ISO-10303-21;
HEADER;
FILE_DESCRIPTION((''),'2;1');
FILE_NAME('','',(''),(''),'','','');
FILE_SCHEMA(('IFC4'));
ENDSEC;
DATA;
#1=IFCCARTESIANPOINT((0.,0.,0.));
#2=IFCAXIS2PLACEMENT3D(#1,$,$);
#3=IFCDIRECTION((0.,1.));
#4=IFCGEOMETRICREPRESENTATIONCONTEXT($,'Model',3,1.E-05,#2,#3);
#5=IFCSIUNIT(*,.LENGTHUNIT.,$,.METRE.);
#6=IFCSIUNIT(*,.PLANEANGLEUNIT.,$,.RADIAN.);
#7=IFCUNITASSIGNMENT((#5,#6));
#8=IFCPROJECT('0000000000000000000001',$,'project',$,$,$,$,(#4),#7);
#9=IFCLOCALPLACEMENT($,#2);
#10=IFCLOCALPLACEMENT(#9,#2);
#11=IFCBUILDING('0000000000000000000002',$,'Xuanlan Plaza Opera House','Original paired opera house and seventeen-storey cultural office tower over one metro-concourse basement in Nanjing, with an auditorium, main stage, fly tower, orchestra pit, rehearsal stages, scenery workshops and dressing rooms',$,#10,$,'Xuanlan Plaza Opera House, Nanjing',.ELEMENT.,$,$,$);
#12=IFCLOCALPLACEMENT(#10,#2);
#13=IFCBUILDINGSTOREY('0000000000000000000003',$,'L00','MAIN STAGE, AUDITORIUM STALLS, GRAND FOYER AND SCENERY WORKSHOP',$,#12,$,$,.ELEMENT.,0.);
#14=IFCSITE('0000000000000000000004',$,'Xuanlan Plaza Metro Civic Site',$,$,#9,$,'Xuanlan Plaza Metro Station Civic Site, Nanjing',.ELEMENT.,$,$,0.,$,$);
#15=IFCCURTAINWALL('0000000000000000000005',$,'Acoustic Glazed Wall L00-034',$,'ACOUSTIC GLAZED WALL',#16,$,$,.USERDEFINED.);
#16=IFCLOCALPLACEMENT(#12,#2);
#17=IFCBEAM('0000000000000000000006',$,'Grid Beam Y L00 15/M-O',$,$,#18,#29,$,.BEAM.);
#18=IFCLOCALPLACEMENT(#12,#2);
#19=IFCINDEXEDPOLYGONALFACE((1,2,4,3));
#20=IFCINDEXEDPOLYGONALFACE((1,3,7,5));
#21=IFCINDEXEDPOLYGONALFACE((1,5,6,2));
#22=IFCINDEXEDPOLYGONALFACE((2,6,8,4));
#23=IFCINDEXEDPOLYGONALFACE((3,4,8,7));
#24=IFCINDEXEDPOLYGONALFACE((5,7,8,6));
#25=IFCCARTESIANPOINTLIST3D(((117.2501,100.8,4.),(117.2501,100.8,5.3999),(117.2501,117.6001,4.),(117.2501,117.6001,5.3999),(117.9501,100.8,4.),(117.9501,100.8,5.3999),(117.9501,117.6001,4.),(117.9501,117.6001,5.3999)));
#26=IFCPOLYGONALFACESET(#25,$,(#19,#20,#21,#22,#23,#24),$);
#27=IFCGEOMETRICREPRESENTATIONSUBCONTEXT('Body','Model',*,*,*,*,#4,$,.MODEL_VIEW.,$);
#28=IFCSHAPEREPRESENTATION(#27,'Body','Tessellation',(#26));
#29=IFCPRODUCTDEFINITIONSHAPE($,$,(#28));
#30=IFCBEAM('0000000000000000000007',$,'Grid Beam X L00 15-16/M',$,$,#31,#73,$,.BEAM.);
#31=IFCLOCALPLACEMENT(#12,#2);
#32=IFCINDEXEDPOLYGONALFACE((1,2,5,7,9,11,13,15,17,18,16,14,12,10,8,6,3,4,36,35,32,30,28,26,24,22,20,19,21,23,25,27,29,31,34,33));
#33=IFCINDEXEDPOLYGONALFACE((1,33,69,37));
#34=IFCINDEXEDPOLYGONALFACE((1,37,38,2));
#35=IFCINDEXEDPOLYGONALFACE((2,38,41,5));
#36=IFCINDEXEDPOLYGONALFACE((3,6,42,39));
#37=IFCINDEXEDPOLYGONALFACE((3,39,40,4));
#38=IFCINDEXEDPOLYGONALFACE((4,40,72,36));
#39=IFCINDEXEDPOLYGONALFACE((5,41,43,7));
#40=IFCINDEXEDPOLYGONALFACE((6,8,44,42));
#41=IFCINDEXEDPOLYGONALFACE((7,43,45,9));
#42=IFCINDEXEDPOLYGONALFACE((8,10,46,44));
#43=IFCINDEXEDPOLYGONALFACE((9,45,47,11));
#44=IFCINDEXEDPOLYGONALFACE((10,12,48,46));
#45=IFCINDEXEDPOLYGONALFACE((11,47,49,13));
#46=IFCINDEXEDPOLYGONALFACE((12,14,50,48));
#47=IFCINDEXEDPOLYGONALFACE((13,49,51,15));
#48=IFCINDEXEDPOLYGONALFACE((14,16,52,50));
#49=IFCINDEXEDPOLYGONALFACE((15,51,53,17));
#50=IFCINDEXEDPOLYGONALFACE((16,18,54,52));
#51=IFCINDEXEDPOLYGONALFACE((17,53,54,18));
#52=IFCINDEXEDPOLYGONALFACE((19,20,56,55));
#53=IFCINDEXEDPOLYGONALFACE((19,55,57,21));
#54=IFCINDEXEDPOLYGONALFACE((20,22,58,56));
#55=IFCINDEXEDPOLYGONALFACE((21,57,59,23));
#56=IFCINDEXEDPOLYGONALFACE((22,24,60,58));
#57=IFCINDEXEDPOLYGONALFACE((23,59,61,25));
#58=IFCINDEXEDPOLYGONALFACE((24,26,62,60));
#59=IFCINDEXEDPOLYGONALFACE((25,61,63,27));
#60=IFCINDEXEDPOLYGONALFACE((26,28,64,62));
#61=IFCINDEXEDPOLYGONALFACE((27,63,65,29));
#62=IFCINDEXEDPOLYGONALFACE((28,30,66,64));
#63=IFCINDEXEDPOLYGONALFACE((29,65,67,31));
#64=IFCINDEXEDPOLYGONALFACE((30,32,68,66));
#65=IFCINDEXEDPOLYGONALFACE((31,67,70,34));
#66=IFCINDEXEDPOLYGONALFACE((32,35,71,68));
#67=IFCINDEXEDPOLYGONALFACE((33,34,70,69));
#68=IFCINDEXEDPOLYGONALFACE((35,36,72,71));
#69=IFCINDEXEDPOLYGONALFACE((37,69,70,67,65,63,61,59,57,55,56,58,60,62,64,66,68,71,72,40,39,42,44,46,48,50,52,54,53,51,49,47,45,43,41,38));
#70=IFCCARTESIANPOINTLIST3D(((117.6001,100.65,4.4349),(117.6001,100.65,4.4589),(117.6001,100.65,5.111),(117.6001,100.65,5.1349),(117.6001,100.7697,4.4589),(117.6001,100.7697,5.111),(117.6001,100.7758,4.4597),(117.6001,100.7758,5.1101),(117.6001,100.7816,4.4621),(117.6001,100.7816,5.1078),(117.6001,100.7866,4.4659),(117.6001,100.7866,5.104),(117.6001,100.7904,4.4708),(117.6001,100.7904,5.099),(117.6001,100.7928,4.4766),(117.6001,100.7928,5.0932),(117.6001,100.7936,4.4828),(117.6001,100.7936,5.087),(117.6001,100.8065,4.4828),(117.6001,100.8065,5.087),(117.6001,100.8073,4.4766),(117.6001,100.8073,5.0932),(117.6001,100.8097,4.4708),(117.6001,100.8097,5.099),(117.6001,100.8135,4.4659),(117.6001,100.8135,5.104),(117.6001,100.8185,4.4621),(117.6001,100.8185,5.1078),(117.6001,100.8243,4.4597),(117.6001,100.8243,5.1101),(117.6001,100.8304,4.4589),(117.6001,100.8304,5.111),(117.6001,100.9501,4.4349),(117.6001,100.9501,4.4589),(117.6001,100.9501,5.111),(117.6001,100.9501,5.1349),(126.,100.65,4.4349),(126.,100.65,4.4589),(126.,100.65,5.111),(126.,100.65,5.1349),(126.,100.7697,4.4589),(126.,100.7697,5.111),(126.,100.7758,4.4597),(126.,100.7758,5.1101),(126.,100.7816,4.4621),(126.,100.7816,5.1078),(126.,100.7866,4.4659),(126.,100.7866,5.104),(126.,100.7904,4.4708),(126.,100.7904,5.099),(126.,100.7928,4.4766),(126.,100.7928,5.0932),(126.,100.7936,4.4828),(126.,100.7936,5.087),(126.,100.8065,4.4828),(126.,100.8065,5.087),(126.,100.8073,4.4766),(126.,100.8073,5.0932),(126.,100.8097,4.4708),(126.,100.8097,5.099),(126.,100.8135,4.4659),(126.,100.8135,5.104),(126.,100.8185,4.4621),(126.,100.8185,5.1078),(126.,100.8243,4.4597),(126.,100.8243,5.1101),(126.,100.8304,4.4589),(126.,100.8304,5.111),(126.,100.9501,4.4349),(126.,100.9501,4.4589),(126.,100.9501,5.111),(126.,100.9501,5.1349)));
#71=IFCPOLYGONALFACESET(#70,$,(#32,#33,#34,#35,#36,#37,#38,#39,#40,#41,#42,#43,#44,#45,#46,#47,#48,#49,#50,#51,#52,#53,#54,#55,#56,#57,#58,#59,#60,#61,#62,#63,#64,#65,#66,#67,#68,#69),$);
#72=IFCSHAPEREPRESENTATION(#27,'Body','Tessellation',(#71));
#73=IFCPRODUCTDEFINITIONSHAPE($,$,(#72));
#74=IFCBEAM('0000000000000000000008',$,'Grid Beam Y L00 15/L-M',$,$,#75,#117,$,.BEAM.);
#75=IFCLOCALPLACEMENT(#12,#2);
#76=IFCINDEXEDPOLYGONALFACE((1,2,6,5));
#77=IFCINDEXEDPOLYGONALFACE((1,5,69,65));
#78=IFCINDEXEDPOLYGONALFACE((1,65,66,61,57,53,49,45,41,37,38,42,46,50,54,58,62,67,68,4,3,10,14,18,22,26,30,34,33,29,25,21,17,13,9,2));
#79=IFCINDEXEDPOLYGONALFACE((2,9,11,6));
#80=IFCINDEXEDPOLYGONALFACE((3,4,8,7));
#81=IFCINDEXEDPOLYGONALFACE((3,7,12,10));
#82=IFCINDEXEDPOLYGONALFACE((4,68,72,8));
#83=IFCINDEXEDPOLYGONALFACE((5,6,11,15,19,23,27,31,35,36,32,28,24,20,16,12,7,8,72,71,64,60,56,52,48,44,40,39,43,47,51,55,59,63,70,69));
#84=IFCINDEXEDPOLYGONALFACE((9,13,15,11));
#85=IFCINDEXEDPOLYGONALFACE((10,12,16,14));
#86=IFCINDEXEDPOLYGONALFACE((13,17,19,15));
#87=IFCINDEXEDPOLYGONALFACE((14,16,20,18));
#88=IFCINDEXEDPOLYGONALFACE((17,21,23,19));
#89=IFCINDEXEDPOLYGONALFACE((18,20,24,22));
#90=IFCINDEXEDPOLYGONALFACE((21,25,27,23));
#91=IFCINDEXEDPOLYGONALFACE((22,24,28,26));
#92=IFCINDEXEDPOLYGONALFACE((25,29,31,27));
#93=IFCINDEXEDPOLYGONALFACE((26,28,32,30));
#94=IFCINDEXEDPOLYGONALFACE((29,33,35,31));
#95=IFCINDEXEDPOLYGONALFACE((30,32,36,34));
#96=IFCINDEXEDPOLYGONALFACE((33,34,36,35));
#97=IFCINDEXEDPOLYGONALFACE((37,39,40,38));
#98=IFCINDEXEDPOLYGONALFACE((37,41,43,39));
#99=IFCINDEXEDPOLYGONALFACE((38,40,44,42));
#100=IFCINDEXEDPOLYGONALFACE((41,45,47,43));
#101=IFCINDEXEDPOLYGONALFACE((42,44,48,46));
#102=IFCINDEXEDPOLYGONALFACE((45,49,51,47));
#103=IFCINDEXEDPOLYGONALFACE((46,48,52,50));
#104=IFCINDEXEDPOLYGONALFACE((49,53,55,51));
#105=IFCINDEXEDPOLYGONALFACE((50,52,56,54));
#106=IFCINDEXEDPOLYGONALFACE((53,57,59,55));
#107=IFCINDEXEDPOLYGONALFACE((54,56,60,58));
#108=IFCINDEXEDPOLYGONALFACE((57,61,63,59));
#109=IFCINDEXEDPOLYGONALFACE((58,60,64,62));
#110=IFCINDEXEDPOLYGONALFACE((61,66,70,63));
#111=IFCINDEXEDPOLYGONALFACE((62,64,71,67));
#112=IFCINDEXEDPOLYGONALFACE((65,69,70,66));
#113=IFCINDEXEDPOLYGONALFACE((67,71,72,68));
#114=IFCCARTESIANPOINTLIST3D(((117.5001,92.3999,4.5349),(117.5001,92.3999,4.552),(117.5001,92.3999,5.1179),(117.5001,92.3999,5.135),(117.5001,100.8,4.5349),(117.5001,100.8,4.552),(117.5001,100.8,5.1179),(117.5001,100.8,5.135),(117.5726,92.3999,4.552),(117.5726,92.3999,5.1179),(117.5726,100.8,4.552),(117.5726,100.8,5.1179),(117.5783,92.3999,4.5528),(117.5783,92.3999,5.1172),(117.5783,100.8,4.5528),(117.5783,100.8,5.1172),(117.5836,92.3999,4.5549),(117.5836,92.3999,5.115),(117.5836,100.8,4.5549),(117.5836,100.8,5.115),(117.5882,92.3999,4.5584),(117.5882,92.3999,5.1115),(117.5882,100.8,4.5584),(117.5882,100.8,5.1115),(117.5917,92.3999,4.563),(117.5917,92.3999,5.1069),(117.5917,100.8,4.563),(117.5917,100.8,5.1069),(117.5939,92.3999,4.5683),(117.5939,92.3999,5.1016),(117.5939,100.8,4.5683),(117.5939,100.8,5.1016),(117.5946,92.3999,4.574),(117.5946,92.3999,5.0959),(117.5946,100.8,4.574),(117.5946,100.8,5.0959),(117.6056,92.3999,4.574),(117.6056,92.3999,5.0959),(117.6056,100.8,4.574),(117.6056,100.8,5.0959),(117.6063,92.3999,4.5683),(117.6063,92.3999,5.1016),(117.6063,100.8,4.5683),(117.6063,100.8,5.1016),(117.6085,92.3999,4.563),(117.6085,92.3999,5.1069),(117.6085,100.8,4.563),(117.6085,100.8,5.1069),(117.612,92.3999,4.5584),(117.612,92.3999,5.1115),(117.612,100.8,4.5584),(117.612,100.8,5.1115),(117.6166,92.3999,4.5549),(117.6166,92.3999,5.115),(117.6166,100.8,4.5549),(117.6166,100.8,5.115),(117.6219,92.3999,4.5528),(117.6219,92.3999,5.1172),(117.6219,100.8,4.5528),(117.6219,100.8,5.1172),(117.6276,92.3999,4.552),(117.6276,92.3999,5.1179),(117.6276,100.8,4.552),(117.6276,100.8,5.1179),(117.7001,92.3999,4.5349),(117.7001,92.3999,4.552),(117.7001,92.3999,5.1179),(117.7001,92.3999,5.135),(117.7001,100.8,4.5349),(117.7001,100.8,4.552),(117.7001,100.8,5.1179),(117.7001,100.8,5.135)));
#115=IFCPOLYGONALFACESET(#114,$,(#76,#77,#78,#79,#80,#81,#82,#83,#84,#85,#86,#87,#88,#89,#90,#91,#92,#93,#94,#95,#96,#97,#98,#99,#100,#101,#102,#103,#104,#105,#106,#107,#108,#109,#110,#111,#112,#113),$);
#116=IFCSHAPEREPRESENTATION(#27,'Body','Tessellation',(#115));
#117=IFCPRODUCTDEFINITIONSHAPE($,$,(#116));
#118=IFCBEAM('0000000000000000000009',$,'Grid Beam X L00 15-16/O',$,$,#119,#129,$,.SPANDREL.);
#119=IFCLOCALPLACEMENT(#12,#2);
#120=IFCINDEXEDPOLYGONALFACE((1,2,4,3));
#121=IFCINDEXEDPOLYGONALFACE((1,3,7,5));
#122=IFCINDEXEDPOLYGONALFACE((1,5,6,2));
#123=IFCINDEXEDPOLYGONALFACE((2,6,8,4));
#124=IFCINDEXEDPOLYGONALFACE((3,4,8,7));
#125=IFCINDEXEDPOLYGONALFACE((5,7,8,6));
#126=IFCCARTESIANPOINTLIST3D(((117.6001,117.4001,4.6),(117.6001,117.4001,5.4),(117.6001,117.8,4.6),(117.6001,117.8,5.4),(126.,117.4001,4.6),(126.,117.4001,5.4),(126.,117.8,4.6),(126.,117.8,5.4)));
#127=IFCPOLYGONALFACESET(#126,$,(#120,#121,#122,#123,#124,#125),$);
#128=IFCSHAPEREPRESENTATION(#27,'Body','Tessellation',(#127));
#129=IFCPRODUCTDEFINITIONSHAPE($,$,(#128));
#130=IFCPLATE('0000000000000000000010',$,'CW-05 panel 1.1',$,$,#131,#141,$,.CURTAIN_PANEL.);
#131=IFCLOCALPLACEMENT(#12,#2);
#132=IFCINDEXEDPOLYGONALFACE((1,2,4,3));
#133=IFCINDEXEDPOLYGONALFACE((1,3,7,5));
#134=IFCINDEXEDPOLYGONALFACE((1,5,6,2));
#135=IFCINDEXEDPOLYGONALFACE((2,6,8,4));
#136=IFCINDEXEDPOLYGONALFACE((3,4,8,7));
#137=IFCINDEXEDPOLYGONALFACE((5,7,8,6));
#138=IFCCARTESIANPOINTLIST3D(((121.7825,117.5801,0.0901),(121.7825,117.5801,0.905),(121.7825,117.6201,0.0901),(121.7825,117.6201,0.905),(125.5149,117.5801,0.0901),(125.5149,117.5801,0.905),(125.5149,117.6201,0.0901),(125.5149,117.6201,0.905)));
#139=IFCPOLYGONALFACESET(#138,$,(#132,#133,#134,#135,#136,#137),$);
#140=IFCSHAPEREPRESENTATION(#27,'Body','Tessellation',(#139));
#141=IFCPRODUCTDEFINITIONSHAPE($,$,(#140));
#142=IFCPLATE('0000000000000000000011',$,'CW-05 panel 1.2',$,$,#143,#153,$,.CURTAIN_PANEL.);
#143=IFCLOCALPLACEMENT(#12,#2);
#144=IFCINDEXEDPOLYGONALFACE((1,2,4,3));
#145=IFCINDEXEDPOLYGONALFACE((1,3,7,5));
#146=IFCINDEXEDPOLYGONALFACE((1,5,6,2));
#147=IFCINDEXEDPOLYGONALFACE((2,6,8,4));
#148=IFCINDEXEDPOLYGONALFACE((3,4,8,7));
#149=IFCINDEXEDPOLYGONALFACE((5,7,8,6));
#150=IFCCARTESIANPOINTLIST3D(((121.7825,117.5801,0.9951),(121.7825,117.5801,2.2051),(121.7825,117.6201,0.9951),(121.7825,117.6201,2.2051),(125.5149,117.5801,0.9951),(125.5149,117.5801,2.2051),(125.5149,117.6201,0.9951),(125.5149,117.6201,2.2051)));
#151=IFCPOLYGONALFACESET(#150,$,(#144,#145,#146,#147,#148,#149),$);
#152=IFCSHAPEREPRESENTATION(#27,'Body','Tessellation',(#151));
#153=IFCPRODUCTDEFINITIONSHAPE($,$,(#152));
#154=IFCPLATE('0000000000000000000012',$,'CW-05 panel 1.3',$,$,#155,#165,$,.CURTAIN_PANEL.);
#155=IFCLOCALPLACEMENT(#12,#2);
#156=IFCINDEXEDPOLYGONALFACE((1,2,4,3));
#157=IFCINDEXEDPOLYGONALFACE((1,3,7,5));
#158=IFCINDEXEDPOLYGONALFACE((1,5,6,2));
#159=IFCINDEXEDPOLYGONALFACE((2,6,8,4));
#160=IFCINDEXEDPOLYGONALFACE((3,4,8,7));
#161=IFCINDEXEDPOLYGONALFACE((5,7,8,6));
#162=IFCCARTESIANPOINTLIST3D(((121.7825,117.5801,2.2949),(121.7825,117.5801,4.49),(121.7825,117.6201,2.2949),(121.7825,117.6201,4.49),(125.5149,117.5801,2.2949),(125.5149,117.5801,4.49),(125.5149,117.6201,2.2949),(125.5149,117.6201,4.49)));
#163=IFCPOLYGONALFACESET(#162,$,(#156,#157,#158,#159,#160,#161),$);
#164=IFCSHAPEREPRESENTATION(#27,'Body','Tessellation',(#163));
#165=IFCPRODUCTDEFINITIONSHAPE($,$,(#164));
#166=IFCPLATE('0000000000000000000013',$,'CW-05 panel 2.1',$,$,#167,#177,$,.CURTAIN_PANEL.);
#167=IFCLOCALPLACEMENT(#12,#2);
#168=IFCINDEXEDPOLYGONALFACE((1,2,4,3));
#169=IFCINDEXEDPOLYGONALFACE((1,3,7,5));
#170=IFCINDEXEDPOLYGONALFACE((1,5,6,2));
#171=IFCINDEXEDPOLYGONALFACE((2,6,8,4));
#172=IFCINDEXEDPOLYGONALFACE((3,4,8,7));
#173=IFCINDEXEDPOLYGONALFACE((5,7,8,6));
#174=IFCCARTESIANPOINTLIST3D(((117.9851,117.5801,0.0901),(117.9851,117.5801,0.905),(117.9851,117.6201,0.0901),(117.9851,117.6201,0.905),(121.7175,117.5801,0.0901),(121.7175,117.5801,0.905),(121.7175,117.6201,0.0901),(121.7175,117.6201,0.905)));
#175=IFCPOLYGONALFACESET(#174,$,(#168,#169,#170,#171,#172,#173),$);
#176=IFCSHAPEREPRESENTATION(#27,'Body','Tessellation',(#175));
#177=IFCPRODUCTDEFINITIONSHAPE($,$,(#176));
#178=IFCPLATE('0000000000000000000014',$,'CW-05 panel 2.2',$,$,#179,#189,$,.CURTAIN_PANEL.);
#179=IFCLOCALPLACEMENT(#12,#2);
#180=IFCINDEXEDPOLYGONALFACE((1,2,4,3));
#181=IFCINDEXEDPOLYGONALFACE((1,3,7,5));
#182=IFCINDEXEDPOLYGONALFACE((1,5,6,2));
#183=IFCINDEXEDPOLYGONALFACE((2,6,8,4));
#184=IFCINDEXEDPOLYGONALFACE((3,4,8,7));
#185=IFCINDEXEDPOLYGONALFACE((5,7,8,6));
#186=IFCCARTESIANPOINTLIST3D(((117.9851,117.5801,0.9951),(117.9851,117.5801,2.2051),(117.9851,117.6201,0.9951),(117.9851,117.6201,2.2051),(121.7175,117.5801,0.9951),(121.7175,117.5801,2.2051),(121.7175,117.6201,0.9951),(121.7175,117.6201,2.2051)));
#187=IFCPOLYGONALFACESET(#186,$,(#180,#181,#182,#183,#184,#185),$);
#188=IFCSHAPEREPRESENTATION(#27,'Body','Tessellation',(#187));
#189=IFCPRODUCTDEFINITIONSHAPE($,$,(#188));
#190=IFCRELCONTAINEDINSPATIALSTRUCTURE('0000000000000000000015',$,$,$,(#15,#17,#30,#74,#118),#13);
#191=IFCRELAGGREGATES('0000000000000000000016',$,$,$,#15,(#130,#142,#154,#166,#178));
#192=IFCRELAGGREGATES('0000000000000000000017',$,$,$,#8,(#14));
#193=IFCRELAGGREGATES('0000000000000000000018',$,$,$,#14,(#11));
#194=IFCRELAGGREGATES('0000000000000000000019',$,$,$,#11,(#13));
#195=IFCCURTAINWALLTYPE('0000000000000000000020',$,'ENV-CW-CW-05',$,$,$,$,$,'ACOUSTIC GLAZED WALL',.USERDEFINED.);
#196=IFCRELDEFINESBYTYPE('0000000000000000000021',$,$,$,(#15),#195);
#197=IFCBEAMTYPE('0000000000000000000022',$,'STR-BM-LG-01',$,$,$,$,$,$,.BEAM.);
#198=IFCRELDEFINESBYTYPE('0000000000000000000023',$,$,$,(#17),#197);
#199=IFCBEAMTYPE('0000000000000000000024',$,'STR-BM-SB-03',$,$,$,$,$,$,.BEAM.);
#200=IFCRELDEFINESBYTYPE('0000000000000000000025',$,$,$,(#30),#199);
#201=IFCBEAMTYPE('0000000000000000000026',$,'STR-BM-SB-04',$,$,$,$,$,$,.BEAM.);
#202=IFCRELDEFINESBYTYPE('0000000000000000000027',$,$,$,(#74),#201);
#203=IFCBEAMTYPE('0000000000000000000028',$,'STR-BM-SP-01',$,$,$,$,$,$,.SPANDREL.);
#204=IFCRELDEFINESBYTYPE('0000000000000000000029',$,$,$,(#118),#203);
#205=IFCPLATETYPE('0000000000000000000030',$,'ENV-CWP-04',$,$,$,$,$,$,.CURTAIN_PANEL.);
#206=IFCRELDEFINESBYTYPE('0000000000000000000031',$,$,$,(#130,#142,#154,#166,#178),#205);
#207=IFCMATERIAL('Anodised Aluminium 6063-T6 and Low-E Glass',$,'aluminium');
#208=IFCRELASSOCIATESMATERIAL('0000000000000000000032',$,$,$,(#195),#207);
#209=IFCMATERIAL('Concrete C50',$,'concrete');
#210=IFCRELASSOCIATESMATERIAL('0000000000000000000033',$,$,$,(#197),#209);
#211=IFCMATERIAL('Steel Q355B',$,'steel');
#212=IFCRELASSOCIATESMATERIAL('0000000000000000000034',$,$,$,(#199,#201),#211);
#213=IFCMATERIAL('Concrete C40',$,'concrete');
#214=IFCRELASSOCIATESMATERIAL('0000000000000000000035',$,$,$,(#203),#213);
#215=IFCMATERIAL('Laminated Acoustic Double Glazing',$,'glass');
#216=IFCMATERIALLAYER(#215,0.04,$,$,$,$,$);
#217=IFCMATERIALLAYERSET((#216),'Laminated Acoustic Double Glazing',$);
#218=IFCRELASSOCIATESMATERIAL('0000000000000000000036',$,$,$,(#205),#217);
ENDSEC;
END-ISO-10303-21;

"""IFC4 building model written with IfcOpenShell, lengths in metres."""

from ifc_helpers import new_model, si_unit, direction, frame, origin, origin_2d, place, context, subcontext, project, spatial, rectangle, i_section, extrude, material, layer, layer_set, material_profile, profile_set, type_object, element, aggregate, save


model = new_model("IFC4")

# Units and contexts
model_context = context("Model", 3, precision=1e-05, world=origin(), true_north=direction((0.0, 1.0)))
body_context = subcontext(model_context, "Body", "Model", "MODEL_VIEW")
ifc_project = project(units=[si_unit("LENGTHUNIT", "METRE"), si_unit("PLANEANGLEUNIT", "RADIAN")], contexts=[model_context])

# Site, building, storey
site_placement = place(None, origin())
site = spatial("IfcSite", under=ifc_project, at=site_placement, Name="Xuanlan Plaza Metro Civic Site", LongName="Xuanlan Plaza Metro Station Civic Site, Nanjing", CompositionType="ELEMENT", RefElevation=0.0)
building_placement = place(site_placement, origin())
building = spatial("IfcBuilding", under=site, at=building_placement, Name="Xuanlan Plaza Opera House", Description="Original paired opera house and seventeen-storey cultural office tower over one metro-concourse basement in Nanjing, with an auditorium, main stage, fly tower, orchestra pit, rehearsal stages, scenery workshops and dressing rooms", LongName="Xuanlan Plaza Opera House, Nanjing", CompositionType="ELEMENT")
storey_placement = place(building_placement, origin())
storey = spatial("IfcBuildingStorey", under=building, at=storey_placement, Name="L00", Description="MAIN STAGE, AUDITORIUM STALLS, GRAND FOYER AND SCENERY WORKSHOP", CompositionType="ELEMENT", Elevation=0.0)

# Shared definitions
ifc_material_1 = material(Name="Concrete C40", Category="concrete")

# Curtain wall
ifc_material_2 = material(Name="Anodised Aluminium 6063-T6 and Low-E Glass", Category="aluminium")
curtain_wall_type = type_object("IfcCurtainWallType", Name="ENV-CW-CW-05", ElementType="ACOUSTIC GLAZED WALL", PredefinedType="USERDEFINED", material=ifc_material_2)
curtain_wall_placement = place(storey_placement, origin())
curtain_wall = element("IfcCurtainWall", 1, at=curtain_wall_placement, inside=storey, type_object=curtain_wall_type, Name="Acoustic Glazed Wall L00-034", ObjectType="ACOUSTIC GLAZED WALL", PredefinedType="USERDEFINED")

# Beams
ifc_material_3 = material(Name="Concrete C50", Category="concrete")
ifc_material_profile_1 = material_profile(ifc_material_3, rectangle(XDim=0.7, YDim=1.3999, at=origin_2d()), Name="RC-LG 700x1400")
ifc_profile_set_1 = profile_set([ifc_material_profile_1], Name="Concrete C50")
beam_type_1 = type_object("IfcBeamType", Name="STR-BM-LG-01", PredefinedType="BEAM", material=ifc_profile_set_1)
beam_1_placement = place(storey_placement, frame((117.6001, 100.8, 4.7), z_axis=(0.0, 1.0, 0.0), x_axis=(-1.0, 0.0, 0.0)))
element("IfcBeam", 2, at=beam_1_placement, inside=storey, type_object=beam_type_1, Name="Grid Beam Y L00 15/M-O", PredefinedType="BEAM", context=body_context, shape_type="SweptSolid", body=[
    extrude(rectangle(XDim=0.7, YDim=1.3999, at=origin_2d()), origin(), (0.0, 0.0, 1.0), 16.8),
])
ifc_material_4 = material(Name="Steel Q355B", Category="steel")
ifc_material_profile_2 = material_profile(ifc_material_4, i_section(OverallWidth=0.3, OverallDepth=0.7, WebThickness=0.0129, FlangeThickness=0.0239, FilletRadius=0.0239, at=origin_2d()), Name="HN 700x300x13x24")
ifc_profile_set_2 = profile_set([ifc_material_profile_2], Name="Steel Q355B")
beam_type_2 = type_object("IfcBeamType", Name="STR-BM-SB-03", PredefinedType="BEAM", material=ifc_profile_set_2)
beam_2_placement = place(storey_placement, frame((117.6001, 100.8, 4.7849), z_axis=(1.0, 0.0, 0.0), x_axis=(0.0, 1.0, 0.0)))
element("IfcBeam", 3, at=beam_2_placement, inside=storey, type_object=beam_type_2, Name="Grid Beam X L00 15-16/M", PredefinedType="BEAM", context=body_context, shape_type="SweptSolid", body=[
    extrude(i_section(OverallWidth=0.3, OverallDepth=0.7, WebThickness=0.0129, FlangeThickness=0.0239, FilletRadius=0.0239, at=origin_2d()), origin(), (0.0, 0.0, 1.0), 8.3999),
])
ifc_material_profile_3 = material_profile(ifc_material_4, i_section(OverallWidth=0.2, OverallDepth=0.6001, WebThickness=0.011, FlangeThickness=0.0171, FilletRadius=0.022, at=origin_2d()), Name="HN 600x200x11x17")
ifc_profile_set_3 = profile_set([ifc_material_profile_3], Name="Steel Q355B")
beam_type_3 = type_object("IfcBeamType", Name="STR-BM-SB-04", PredefinedType="BEAM", material=ifc_profile_set_3)
beam_3_placement = place(storey_placement, frame((117.6001, 92.3999, 4.835), z_axis=(0.0, 1.0, 0.0), x_axis=(-1.0, 0.0, 0.0)))
element("IfcBeam", 4, at=beam_3_placement, inside=storey, type_object=beam_type_3, Name="Grid Beam Y L00 15/L-M", PredefinedType="BEAM", context=body_context, shape_type="SweptSolid", body=[
    extrude(i_section(OverallWidth=0.2, OverallDepth=0.6001, WebThickness=0.011, FlangeThickness=0.0171, FilletRadius=0.022, at=origin_2d()), origin(), (0.0, 0.0, 1.0), 8.4001),
])
ifc_material_profile_4 = material_profile(ifc_material_1, rectangle(XDim=0.3999, YDim=0.8, at=origin_2d()), Name="RC-SPD 400x800")
ifc_profile_set_4 = profile_set([ifc_material_profile_4], Name="Concrete C40")
beam_type_4 = type_object("IfcBeamType", Name="STR-BM-SP-01", PredefinedType="SPANDREL", material=ifc_profile_set_4)
beam_4_placement = place(storey_placement, frame((117.6001, 117.6001, 5.0), z_axis=(1.0, 0.0, 0.0), x_axis=(0.0, 1.0, 0.0)))
element("IfcBeam", 5, at=beam_4_placement, inside=storey, type_object=beam_type_4, Name="Grid Beam X L00 15-16/O", PredefinedType="SPANDREL", context=body_context, shape_type="SweptSolid", body=[
    extrude(rectangle(XDim=0.3999, YDim=0.8, at=origin_2d()), origin(), (0.0, 0.0, 1.0), 8.3999),
])

# Plates
ifc_material_5 = material(Name="Laminated Acoustic Double Glazing", Category="glass")
ifc_layer_1 = layer(ifc_material_5, 0.04)
ifc_layer_set_1 = layer_set([ifc_layer_1], Name="Laminated Acoustic Double Glazing")
plate_type = type_object("IfcPlateType", Name="ENV-CWP-04", PredefinedType="CURTAIN_PANEL", material=ifc_layer_set_1)
plate_1_placement = place(storey_placement, frame((123.6487, 117.6001, 0.0901), z_axis=(0.0, 0.0, 1.0), x_axis=(-1.0, 0.0, 0.0)))
plate_1 = element("IfcPlate", 6, at=plate_1_placement, type_object=plate_type, Name="CW-05 panel 1.1", PredefinedType="CURTAIN_PANEL", context=body_context, shape_type="SweptSolid", body=[
    extrude(rectangle(XDim=3.7324, YDim=0.04, at=origin_2d()), origin(), (0.0, 0.0, 1.0), 0.8149),
])
plate_2_placement = place(storey_placement, frame((123.6487, 117.6001, 0.9951), z_axis=(0.0, 0.0, 1.0), x_axis=(-1.0, 0.0, 0.0)))
plate_2 = element("IfcPlate", 7, at=plate_2_placement, type_object=plate_type, Name="CW-05 panel 1.2", PredefinedType="CURTAIN_PANEL", context=body_context, shape_type="SweptSolid", body=[
    extrude(rectangle(XDim=3.7324, YDim=0.04, at=origin_2d()), origin(), (0.0, 0.0, 1.0), 1.21),
])
plate_3_placement = place(storey_placement, frame((123.6487, 117.6001, 2.2949), z_axis=(0.0, 0.0, 1.0), x_axis=(-1.0, 0.0, 0.0)))
plate_3 = element("IfcPlate", 8, at=plate_3_placement, type_object=plate_type, Name="CW-05 panel 1.3", PredefinedType="CURTAIN_PANEL", context=body_context, shape_type="SweptSolid", body=[
    extrude(rectangle(XDim=3.7324, YDim=0.04, at=origin_2d()), origin(), (0.0, 0.0, 1.0), 2.1951),
])
plate_4_placement = place(storey_placement, frame((119.8513, 117.6001, 0.0901), z_axis=(0.0, 0.0, 1.0), x_axis=(-1.0, 0.0, 0.0)))
plate_4 = element("IfcPlate", 9, at=plate_4_placement, type_object=plate_type, Name="CW-05 panel 2.1", PredefinedType="CURTAIN_PANEL", context=body_context, shape_type="SweptSolid", body=[
    extrude(rectangle(XDim=3.7324, YDim=0.04, at=origin_2d()), origin(), (0.0, 0.0, 1.0), 0.8149),
])
plate_5_placement = place(storey_placement, frame((119.8513, 117.6001, 0.9951), z_axis=(0.0, 0.0, 1.0), x_axis=(-1.0, 0.0, 0.0)))
plate_5 = element("IfcPlate", 10, at=plate_5_placement, type_object=plate_type, Name="CW-05 panel 2.2", PredefinedType="CURTAIN_PANEL", context=body_context, shape_type="SweptSolid", body=[
    extrude(rectangle(XDim=3.7324, YDim=0.04, at=origin_2d()), origin(), (0.0, 0.0, 1.0), 1.21),
])
aggregate(curtain_wall, [plate_1, plate_2, plate_3, plate_4, plate_5])

save(model, "model.ifc")
